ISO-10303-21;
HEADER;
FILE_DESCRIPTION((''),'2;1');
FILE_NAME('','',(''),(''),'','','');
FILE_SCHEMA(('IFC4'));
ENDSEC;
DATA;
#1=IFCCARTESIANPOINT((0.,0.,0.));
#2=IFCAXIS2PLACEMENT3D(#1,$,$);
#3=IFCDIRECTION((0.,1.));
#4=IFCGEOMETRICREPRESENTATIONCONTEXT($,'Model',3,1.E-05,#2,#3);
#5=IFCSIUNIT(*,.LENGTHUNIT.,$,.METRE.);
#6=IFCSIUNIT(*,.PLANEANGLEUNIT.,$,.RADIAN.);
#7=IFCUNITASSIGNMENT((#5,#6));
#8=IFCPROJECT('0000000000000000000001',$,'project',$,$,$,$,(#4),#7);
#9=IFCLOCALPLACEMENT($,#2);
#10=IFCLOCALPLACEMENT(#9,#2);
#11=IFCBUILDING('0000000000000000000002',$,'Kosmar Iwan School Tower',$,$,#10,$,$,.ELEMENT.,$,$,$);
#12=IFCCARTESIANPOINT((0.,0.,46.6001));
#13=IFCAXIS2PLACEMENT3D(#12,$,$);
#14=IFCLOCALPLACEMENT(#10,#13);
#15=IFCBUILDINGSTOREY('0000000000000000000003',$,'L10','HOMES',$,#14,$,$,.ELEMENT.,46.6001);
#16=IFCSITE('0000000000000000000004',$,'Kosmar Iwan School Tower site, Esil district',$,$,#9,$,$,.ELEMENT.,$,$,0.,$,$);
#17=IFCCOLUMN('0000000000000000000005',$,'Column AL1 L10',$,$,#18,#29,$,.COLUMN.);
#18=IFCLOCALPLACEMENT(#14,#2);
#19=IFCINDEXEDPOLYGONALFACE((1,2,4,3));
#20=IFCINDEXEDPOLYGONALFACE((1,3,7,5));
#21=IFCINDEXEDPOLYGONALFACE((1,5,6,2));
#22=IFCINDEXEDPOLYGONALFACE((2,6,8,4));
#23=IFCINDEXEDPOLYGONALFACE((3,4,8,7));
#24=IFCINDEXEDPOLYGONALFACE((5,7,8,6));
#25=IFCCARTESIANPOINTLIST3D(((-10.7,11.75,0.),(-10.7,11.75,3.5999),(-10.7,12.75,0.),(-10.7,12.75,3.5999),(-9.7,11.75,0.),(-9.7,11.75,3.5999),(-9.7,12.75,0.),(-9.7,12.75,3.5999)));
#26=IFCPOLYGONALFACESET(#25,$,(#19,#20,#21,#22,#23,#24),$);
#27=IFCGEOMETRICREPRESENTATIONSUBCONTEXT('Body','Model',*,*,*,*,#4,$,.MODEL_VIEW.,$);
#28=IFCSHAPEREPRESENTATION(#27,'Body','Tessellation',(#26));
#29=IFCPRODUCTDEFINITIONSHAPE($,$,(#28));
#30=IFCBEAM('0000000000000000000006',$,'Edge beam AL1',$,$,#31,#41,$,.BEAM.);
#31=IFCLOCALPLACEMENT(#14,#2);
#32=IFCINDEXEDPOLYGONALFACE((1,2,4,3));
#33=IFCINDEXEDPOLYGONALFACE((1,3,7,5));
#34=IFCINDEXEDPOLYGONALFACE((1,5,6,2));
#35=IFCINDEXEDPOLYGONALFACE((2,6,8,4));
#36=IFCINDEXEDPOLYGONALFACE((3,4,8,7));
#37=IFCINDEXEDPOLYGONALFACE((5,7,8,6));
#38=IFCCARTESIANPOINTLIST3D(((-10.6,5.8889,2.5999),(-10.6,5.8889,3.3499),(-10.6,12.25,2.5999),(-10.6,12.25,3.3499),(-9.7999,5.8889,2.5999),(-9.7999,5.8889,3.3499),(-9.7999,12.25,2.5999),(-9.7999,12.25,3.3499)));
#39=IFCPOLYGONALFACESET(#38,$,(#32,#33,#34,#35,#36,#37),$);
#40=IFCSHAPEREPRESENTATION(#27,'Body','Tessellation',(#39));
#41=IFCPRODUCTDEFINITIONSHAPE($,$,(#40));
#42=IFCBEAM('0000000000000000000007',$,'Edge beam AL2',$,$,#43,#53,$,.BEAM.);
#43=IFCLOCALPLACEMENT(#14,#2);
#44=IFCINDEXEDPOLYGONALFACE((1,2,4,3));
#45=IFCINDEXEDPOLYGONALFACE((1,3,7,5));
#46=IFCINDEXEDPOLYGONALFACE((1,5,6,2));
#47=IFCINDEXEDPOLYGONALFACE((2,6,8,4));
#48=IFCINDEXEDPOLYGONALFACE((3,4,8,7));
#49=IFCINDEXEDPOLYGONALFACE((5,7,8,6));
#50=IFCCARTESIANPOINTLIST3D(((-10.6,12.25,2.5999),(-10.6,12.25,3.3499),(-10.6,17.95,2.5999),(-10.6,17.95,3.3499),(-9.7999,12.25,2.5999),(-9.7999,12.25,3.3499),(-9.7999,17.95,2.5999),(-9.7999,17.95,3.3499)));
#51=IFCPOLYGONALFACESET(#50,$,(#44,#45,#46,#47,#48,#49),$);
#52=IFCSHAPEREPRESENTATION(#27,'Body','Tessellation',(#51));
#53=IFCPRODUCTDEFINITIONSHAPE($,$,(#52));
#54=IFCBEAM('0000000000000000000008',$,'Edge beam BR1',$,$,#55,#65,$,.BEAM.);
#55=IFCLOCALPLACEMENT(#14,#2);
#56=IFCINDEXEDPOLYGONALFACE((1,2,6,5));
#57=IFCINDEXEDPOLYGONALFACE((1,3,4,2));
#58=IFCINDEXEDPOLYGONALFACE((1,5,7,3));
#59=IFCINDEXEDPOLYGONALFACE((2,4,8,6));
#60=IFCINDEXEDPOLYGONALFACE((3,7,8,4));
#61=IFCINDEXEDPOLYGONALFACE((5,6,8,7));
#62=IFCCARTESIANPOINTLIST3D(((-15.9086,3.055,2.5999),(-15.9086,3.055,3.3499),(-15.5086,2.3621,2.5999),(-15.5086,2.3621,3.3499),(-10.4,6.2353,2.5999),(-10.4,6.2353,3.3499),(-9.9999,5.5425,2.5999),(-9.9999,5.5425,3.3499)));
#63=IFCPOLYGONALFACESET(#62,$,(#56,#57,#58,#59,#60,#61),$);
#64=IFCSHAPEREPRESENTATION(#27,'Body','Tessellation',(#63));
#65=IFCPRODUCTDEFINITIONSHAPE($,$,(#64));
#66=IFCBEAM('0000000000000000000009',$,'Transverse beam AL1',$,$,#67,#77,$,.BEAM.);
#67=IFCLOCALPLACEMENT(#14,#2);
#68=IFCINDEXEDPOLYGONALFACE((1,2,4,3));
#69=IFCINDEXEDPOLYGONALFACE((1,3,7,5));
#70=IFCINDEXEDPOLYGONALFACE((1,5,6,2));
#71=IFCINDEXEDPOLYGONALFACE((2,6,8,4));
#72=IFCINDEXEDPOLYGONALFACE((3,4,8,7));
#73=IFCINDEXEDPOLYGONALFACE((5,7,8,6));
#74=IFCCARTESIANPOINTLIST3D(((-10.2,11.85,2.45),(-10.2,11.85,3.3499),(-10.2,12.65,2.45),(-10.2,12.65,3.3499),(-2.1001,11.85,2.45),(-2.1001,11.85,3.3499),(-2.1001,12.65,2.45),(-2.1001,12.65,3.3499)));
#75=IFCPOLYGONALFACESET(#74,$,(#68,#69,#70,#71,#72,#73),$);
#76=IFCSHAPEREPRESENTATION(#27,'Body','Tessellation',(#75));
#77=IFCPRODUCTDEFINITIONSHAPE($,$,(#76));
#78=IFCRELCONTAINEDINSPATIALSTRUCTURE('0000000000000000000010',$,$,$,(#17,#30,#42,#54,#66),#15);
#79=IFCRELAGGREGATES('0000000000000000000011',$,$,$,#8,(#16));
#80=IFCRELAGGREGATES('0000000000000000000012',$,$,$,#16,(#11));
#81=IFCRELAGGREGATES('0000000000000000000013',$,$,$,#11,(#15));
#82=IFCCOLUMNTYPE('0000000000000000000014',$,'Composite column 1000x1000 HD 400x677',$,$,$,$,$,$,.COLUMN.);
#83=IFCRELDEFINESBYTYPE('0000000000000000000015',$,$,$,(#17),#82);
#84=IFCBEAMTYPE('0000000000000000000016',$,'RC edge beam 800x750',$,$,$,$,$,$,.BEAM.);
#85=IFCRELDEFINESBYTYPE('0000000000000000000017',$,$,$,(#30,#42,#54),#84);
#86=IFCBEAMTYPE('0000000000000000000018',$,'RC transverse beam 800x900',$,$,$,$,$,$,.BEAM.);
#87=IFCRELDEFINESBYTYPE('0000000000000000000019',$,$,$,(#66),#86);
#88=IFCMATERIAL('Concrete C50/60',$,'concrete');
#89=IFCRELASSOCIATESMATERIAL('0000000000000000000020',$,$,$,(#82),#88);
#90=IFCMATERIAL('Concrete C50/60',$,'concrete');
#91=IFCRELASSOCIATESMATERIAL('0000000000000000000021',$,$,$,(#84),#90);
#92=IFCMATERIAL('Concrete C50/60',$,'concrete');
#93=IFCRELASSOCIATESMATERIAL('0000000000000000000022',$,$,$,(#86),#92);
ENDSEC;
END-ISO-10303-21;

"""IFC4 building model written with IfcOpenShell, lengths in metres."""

from ifc_helpers import new_model, si_unit, direction, frame, origin, origin_2d, place, context, subcontext, project, spatial, rectangle, extrude, material, material_profile, profile_set, type_object, element, save


model = new_model("IFC4")

# Units and contexts
model_context = context("Model", 3, precision=1e-05, world=origin(), true_north=direction((0.0, 1.0)))
body_context = subcontext(model_context, "Body", "Model", "MODEL_VIEW")
ifc_project = project(units=[si_unit("LENGTHUNIT", "METRE"), si_unit("PLANEANGLEUNIT", "RADIAN")], contexts=[model_context])

# Site, building, storey
site_placement = place(None, origin())
site = spatial("IfcSite", under=ifc_project, at=site_placement, Name="Kosmar Iwan School Tower site, Esil district", CompositionType="ELEMENT", RefElevation=0.0)
building_placement = place(site_placement, origin())
building = spatial("IfcBuilding", under=site, at=building_placement, Name="Kosmar Iwan School Tower", CompositionType="ELEMENT")
storey_placement = place(building_placement, frame((0.0, 0.0, 46.6001)))
storey = spatial("IfcBuildingStorey", under=building, at=storey_placement, Name="L10", Description="HOMES", CompositionType="ELEMENT", Elevation=46.6001)

# Column
ifc_material_1 = material(Name="Concrete C50/60", Category="concrete")
ifc_material_profile_1 = material_profile(ifc_material_1, rectangle(XDim=1.0, YDim=1.0, at=origin_2d()), Name="RC 1000x1000 + HD 400x677")
ifc_profile_set_1 = profile_set([ifc_material_profile_1], Name="Concrete C50/60")
column_type = type_object("IfcColumnType", Name="Composite column 1000x1000 HD 400x677", PredefinedType="COLUMN", material=ifc_profile_set_1)
column_placement = place(storey_placement, frame((-10.2, 12.25, 0.0), z_axis=(0.0, 0.0, 1.0), x_axis=(0.0, 1.0, 0.0)))
element("IfcColumn", 1, at=column_placement, inside=storey, type_object=column_type, Name="Column AL1 L10", PredefinedType="COLUMN", context=body_context, shape_type="SweptSolid", body=[
    extrude(rectangle(XDim=1.0, YDim=1.0, at=origin_2d()), origin(), (0.0, 0.0, 1.0), 3.5999),
])

# Beams
ifc_material_2 = material(Name="Concrete C50/60", Category="concrete")
ifc_material_profile_2 = material_profile(ifc_material_2, rectangle(XDim=0.8, YDim=0.75, at=origin_2d()), Name="RC 800x750")
ifc_profile_set_2 = profile_set([ifc_material_profile_2], Name="Concrete C50/60")
beam_type_1 = type_object("IfcBeamType", Name="RC edge beam 800x750", PredefinedType="BEAM", material=ifc_profile_set_2)
beam_1_placement = place(storey_placement, frame((-10.2, 5.8889, 2.9749), z_axis=(0.0, 1.0, 0.0), x_axis=(-1.0, 0.0, 0.0)))
element("IfcBeam", 2, at=beam_1_placement, inside=storey, type_object=beam_type_1, Name="Edge beam AL1", PredefinedType="BEAM", context=body_context, shape_type="SweptSolid", body=[
    extrude(rectangle(XDim=0.8, YDim=0.75, at=origin_2d()), origin(), (0.0, 0.0, 1.0), 6.3611),
])
beam_2_placement = place(storey_placement, frame((-10.2, 12.25, 2.9749), z_axis=(0.0, 1.0, 0.0), x_axis=(-1.0, 0.0, 0.0)))
element("IfcBeam", 3, at=beam_2_placement, inside=storey, type_object=beam_type_1, Name="Edge beam AL2", PredefinedType="BEAM", context=body_context, shape_type="SweptSolid", body=[
    extrude(rectangle(XDim=0.8, YDim=0.75, at=origin_2d()), origin(), (0.0, 0.0, 1.0), 5.7),
])
beam_3_placement = place(storey_placement, frame((-10.2, 5.8889, 2.9749), z_axis=(-0.866031, -0.49999, 0.0), x_axis=(0.49999, -0.866031, 0.0)))
element("IfcBeam", 4, at=beam_3_placement, inside=storey, type_object=beam_type_1, Name="Edge beam BR1", PredefinedType="BEAM", context=body_context, shape_type="SweptSolid", body=[
    extrude(rectangle(XDim=0.8, YDim=0.75, at=origin_2d()), origin(), (0.0, 0.0, 1.0), 6.3608),
])
ifc_material_3 = material(Name="Concrete C50/60", Category="concrete")
ifc_material_profile_3 = material_profile(ifc_material_3, rectangle(XDim=0.8, YDim=0.8999, at=origin_2d()), Name="RC 800x900")
ifc_profile_set_3 = profile_set([ifc_material_profile_3], Name="Concrete C50/60")
beam_type_2 = type_object("IfcBeamType", Name="RC transverse beam 800x900", PredefinedType="BEAM", material=ifc_profile_set_3)
beam_4_placement = place(storey_placement, frame((-10.2, 12.25, 2.8999), z_axis=(1.0, 0.0, 0.0), x_axis=(0.0, 1.0, 0.0)))
element("IfcBeam", 5, at=beam_4_placement, inside=storey, type_object=beam_type_2, Name="Transverse beam AL1", PredefinedType="BEAM", context=body_context, shape_type="SweptSolid", body=[
    extrude(rectangle(XDim=0.8, YDim=0.8999, at=origin_2d()), origin(), (0.0, 0.0, 1.0), 8.0999),
])

save(model, "model.ifc")
